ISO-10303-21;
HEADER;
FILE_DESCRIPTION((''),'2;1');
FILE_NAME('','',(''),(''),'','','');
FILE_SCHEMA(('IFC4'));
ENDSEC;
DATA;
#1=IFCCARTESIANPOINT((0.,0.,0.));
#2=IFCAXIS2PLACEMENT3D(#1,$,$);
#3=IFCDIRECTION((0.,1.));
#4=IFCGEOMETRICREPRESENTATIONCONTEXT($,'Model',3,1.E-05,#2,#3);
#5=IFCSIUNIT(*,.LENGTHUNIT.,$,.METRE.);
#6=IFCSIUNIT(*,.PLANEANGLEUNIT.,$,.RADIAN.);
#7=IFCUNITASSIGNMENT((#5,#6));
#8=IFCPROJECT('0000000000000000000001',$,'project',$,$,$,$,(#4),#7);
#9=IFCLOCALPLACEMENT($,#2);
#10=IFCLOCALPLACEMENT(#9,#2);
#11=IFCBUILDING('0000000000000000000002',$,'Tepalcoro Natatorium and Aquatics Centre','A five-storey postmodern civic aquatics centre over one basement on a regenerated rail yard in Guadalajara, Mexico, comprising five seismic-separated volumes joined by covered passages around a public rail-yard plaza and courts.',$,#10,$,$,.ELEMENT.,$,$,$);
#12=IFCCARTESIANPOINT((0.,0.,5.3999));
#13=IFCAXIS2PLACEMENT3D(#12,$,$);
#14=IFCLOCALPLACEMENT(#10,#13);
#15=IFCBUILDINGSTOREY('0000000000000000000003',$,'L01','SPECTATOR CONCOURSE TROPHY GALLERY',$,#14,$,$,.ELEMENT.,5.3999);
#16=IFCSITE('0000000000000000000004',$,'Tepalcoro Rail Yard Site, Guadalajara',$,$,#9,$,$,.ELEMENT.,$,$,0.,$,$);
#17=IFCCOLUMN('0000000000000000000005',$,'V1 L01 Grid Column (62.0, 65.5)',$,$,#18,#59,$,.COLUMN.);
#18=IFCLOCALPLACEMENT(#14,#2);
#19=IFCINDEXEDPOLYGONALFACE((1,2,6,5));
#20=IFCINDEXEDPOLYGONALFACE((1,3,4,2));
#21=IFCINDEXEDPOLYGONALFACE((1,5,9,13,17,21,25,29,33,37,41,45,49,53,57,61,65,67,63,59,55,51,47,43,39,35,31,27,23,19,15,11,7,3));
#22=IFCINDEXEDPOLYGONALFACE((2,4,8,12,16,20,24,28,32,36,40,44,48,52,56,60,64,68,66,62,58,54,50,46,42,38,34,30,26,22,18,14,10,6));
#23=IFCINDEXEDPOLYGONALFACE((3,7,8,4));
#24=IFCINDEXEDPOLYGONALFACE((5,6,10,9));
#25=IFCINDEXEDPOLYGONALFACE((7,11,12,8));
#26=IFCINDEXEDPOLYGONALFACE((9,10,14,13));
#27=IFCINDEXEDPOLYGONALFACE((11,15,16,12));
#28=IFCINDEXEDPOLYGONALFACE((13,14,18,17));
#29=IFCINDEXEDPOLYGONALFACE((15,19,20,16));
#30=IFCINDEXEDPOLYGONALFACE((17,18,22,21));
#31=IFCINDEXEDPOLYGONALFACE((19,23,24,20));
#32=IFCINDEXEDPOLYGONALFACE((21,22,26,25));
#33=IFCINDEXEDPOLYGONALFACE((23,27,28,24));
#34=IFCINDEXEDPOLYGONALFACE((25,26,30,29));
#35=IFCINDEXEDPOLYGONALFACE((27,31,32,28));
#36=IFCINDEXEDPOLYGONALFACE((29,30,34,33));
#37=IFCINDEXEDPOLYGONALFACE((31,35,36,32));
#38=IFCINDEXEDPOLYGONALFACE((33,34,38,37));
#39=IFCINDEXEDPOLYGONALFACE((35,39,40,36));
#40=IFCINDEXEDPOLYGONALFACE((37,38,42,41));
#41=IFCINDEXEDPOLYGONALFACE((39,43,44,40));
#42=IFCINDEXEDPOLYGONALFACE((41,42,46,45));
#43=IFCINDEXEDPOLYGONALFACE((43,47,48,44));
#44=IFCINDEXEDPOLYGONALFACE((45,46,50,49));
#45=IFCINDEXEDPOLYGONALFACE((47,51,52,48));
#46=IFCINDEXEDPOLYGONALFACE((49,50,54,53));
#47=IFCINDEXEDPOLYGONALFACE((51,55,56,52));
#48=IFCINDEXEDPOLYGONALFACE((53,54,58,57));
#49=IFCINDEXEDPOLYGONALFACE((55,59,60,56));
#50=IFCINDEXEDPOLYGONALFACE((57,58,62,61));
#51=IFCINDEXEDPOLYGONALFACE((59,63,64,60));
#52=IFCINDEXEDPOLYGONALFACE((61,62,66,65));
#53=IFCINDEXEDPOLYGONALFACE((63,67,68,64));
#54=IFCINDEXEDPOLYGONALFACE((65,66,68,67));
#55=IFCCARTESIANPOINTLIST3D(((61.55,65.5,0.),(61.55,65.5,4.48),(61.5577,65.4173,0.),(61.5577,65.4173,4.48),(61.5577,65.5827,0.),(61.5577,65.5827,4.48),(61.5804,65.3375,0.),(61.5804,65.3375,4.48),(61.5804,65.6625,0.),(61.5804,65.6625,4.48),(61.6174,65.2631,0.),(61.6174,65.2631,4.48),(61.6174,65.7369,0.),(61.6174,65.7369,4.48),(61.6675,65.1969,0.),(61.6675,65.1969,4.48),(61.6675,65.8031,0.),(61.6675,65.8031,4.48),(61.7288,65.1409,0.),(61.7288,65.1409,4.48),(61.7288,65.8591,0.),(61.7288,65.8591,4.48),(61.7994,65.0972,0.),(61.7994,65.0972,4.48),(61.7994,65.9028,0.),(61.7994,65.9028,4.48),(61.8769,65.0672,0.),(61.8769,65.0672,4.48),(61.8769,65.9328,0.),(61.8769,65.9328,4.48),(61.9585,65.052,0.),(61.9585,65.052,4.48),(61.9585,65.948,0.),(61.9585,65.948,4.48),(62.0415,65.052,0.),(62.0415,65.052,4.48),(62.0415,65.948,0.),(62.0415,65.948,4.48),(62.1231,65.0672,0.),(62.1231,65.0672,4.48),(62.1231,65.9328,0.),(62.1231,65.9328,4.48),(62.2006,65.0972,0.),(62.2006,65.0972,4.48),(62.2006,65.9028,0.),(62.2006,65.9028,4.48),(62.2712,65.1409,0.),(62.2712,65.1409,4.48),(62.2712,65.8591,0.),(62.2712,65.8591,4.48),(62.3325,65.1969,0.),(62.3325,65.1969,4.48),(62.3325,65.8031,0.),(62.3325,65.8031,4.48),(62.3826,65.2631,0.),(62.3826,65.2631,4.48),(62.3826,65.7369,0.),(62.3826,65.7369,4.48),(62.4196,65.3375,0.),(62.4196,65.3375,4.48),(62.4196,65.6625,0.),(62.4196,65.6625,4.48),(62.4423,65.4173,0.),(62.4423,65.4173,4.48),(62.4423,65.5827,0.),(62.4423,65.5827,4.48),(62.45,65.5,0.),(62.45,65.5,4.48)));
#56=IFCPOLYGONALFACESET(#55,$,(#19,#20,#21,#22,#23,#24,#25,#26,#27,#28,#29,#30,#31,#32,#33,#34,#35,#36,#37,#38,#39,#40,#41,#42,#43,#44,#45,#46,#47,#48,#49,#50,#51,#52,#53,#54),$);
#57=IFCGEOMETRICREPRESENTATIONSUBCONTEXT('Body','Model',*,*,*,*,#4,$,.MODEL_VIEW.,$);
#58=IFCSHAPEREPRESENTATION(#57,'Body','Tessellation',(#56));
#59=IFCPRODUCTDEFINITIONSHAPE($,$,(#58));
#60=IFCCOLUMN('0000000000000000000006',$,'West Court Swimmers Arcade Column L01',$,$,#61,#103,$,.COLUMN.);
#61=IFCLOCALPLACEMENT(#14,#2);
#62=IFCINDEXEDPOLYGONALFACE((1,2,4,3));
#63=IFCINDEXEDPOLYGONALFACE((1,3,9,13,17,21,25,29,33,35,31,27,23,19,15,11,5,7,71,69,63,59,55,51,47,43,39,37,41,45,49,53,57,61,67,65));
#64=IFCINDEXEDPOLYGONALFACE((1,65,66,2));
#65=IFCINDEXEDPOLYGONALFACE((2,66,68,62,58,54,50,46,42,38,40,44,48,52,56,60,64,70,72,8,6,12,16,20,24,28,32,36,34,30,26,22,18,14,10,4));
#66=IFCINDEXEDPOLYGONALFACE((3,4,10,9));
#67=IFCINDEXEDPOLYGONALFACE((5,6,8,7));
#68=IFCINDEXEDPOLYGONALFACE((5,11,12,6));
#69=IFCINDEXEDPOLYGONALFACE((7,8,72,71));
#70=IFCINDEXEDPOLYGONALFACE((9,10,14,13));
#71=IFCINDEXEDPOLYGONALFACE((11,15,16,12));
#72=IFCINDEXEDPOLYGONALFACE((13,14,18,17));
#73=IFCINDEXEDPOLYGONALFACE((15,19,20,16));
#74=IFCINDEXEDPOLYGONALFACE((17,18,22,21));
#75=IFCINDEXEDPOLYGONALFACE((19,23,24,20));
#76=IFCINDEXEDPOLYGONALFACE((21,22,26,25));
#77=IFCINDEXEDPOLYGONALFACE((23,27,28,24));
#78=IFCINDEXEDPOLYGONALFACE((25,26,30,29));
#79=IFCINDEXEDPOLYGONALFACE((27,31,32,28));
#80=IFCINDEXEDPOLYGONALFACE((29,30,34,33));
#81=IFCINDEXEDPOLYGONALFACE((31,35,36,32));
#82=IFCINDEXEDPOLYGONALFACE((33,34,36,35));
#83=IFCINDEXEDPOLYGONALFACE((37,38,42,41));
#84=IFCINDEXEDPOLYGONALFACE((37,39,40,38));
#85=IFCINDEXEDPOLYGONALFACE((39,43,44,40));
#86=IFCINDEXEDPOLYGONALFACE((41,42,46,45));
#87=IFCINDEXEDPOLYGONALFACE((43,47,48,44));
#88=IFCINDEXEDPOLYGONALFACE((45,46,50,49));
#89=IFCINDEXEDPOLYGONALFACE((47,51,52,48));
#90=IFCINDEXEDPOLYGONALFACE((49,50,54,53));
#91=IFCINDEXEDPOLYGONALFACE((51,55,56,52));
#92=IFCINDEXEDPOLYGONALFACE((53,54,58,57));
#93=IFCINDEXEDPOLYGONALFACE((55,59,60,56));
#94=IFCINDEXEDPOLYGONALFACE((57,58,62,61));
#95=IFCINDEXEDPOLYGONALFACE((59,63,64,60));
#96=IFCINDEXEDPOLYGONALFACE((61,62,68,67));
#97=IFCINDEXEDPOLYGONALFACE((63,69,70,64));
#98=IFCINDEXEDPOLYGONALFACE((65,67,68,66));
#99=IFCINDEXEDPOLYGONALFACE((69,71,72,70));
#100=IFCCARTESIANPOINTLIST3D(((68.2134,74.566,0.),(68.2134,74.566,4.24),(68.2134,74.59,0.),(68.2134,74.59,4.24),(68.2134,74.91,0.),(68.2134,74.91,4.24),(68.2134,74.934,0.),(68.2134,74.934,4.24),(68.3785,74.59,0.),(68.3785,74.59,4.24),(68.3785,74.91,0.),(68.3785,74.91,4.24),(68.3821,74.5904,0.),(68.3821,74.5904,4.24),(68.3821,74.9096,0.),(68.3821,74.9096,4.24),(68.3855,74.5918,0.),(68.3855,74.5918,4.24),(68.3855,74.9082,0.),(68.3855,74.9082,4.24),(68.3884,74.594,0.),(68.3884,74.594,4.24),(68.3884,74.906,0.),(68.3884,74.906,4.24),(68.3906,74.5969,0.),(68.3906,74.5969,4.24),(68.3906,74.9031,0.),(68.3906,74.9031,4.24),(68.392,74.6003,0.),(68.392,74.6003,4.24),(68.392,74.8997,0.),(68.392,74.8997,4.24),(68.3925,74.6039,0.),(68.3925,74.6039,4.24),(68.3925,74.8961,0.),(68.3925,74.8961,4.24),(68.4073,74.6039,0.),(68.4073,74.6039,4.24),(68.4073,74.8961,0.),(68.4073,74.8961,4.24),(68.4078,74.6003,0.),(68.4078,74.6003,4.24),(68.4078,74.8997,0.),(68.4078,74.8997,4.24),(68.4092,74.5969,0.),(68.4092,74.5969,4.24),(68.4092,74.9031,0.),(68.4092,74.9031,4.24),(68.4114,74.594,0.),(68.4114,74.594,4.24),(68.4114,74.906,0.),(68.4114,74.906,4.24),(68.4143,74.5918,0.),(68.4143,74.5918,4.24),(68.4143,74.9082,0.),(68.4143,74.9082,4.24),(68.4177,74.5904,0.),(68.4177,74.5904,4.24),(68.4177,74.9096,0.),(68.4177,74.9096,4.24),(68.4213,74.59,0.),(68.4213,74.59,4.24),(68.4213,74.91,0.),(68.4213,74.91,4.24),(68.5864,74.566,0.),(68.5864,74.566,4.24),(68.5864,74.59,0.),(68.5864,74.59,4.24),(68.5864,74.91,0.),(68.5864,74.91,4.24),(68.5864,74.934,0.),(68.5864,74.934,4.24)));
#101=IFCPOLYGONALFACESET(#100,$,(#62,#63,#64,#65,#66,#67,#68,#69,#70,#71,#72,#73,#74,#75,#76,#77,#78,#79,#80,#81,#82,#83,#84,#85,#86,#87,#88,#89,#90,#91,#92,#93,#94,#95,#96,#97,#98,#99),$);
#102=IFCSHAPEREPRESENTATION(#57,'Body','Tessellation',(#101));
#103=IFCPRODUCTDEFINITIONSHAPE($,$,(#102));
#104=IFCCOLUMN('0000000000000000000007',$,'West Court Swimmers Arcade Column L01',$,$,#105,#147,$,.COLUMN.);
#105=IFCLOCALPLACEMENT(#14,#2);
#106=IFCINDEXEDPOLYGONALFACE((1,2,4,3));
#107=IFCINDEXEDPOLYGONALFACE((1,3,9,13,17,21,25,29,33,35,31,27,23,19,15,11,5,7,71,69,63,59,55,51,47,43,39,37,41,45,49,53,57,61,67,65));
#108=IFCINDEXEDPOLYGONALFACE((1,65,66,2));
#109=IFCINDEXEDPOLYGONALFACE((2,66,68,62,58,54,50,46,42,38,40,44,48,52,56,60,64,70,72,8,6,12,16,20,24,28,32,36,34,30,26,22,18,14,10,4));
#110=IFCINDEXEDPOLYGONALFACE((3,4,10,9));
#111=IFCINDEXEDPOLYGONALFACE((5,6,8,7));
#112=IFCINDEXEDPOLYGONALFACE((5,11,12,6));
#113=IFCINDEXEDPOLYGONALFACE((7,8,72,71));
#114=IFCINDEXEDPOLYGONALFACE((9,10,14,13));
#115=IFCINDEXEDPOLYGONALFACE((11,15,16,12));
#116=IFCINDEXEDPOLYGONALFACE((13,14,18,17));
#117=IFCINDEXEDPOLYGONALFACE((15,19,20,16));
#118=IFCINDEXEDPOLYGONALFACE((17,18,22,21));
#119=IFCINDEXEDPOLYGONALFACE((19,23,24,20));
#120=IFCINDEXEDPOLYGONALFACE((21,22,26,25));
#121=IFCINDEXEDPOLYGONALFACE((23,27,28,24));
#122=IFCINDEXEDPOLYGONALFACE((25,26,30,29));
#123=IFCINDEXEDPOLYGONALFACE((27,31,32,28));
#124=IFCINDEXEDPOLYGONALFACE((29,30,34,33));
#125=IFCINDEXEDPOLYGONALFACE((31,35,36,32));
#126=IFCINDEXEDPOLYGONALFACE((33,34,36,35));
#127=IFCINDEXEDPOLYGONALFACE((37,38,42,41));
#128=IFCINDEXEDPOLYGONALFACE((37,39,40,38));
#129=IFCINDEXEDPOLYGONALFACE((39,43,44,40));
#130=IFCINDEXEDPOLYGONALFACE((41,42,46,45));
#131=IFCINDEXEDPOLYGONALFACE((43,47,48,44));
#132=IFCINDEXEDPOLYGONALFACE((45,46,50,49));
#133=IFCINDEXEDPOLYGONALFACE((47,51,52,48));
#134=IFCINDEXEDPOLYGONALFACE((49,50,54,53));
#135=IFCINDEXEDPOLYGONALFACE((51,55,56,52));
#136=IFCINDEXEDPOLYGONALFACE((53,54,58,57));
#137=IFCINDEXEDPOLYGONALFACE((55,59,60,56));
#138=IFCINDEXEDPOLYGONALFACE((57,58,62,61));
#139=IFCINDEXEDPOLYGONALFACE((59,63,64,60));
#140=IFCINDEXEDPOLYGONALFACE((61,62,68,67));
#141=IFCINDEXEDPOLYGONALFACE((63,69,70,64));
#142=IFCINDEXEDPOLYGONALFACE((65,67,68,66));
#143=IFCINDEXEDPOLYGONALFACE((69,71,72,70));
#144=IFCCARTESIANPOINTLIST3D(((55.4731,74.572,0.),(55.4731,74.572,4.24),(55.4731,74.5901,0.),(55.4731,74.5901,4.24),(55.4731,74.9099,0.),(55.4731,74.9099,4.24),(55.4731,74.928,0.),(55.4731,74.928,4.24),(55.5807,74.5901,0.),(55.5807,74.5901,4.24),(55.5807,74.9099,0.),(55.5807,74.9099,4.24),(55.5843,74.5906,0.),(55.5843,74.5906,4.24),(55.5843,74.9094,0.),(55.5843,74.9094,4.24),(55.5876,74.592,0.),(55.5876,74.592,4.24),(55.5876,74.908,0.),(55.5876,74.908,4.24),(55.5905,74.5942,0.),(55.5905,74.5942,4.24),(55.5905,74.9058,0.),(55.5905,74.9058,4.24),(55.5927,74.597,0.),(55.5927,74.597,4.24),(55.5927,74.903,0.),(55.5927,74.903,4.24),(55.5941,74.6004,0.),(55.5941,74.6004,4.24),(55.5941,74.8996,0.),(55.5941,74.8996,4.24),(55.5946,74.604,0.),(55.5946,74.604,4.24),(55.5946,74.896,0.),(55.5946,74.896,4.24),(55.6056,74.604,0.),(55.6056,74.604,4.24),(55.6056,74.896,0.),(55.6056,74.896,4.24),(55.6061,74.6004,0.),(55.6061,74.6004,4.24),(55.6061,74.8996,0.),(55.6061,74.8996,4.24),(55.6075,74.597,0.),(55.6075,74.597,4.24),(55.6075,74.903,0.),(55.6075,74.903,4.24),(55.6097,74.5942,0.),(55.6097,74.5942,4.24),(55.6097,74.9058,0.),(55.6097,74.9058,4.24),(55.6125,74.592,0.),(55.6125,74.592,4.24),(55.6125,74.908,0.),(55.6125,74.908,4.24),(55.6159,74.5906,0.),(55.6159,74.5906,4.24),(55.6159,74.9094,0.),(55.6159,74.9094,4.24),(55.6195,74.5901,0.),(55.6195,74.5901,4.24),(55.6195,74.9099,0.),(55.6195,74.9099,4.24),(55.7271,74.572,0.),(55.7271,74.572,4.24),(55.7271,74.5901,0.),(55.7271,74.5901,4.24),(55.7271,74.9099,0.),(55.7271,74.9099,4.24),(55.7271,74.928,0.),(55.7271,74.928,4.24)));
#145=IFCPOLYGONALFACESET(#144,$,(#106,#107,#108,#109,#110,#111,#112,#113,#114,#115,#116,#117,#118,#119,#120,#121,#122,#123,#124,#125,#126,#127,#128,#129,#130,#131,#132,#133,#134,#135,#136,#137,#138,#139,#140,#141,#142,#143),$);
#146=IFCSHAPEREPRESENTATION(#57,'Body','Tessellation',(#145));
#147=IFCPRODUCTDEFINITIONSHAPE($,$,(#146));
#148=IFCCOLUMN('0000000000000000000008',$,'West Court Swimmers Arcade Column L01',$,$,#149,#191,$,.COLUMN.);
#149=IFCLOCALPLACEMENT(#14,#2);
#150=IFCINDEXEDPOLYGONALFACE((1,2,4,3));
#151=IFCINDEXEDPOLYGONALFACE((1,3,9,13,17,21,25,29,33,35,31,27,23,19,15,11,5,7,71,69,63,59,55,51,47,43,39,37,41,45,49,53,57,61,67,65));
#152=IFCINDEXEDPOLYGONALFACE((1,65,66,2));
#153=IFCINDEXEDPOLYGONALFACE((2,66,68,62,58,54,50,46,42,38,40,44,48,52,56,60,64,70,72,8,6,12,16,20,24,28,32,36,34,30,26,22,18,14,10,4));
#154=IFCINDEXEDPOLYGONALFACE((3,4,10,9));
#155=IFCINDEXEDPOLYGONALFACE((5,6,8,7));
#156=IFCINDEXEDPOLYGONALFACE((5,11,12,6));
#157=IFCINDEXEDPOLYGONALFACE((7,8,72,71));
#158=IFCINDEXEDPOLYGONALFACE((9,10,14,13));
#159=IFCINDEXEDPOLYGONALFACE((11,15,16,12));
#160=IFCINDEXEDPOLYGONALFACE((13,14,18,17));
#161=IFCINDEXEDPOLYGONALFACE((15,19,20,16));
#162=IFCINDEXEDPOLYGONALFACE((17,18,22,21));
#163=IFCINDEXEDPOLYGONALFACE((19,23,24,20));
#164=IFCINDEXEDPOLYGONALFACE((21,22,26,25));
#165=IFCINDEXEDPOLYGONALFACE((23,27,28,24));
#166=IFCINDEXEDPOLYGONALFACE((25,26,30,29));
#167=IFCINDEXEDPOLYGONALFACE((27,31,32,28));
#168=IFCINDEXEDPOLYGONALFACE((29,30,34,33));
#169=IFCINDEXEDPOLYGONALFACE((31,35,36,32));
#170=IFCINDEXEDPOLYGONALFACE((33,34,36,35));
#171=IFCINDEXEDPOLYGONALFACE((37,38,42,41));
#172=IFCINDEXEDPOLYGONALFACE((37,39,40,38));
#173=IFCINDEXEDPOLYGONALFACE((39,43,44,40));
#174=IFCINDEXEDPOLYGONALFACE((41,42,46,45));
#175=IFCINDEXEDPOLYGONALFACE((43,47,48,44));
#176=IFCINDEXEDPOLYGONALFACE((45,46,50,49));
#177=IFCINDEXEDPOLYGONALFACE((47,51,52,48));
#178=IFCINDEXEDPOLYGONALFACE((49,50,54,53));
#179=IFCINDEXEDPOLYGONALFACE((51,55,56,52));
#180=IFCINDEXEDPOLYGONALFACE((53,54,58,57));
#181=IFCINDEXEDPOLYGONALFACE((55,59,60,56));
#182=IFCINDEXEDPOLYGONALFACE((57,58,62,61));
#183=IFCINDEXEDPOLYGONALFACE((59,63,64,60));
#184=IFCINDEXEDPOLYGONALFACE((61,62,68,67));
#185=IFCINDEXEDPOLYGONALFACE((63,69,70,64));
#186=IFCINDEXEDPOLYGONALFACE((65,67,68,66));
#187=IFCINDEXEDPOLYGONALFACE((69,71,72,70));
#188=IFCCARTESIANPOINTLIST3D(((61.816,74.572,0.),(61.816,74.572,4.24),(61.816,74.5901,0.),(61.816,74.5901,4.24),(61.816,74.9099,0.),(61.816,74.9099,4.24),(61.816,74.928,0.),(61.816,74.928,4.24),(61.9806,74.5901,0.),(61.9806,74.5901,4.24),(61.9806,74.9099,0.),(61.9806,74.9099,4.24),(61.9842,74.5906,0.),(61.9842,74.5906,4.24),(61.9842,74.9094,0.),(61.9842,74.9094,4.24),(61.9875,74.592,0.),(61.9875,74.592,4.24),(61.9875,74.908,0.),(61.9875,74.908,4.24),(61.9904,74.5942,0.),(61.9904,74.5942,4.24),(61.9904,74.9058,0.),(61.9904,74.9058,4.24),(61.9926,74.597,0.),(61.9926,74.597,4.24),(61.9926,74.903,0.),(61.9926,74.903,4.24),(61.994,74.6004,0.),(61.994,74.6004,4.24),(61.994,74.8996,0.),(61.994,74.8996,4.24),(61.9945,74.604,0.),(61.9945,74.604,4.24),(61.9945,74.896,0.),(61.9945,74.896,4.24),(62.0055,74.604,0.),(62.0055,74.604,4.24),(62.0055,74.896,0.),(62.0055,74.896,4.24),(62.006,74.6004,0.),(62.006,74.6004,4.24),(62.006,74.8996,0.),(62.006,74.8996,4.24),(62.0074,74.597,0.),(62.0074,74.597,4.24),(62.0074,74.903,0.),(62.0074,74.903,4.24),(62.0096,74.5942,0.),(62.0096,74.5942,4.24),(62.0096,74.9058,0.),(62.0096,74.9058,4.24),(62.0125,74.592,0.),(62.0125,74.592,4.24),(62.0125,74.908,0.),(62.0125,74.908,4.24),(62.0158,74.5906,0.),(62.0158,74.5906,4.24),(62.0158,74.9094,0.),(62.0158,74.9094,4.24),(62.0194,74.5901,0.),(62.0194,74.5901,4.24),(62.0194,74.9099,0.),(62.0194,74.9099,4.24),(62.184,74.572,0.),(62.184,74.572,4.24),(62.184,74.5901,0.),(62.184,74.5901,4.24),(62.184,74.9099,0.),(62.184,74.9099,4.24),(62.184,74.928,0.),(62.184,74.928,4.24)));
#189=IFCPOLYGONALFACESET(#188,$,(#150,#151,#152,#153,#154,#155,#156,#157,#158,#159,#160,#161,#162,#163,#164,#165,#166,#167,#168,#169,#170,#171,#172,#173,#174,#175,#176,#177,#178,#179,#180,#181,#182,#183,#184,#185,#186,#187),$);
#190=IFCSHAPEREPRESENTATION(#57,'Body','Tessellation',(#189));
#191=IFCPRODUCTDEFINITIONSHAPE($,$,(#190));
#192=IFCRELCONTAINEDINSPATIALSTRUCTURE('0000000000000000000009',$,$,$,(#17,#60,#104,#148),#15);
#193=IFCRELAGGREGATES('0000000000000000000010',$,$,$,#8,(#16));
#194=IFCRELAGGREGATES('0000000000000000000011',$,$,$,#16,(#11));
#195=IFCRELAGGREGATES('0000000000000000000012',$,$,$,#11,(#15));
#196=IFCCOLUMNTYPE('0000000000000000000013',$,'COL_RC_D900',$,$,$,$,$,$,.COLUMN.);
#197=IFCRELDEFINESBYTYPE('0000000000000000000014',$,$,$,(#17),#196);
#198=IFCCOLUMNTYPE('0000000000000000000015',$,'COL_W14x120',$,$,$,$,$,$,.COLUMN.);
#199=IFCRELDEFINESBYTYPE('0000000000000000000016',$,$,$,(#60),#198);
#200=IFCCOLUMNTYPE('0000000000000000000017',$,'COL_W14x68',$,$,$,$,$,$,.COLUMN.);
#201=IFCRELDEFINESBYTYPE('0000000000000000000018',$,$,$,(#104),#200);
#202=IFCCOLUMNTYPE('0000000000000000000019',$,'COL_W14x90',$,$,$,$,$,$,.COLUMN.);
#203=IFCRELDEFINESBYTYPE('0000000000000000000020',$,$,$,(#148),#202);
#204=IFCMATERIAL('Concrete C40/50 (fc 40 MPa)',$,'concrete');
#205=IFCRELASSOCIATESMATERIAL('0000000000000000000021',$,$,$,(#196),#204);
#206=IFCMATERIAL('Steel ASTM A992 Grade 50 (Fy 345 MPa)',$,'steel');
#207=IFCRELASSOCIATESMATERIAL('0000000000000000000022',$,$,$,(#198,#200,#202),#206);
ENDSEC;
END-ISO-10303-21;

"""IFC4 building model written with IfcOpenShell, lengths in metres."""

from ifc_helpers import new_model, si_unit, direction, frame, origin, origin_2d, place, context, subcontext, project, spatial, circle, i_section, extrude, material, material_profile, profile_set, type_object, element, save


model = new_model("IFC4")

# Units and contexts
model_context = context("Model", 3, precision=1e-05, world=origin(), true_north=direction((0.0, 1.0)))
body_context = subcontext(model_context, "Body", "Model", "MODEL_VIEW")
ifc_project = project(units=[si_unit("LENGTHUNIT", "METRE"), si_unit("PLANEANGLEUNIT", "RADIAN")], contexts=[model_context])

# Site, building, storey
site_placement = place(None, origin())
site = spatial("IfcSite", under=ifc_project, at=site_placement, Name="Tepalcoro Rail Yard Site, Guadalajara", CompositionType="ELEMENT", RefElevation=0.0)
building_placement = place(site_placement, origin())
building = spatial("IfcBuilding", under=site, at=building_placement, Name="Tepalcoro Natatorium and Aquatics Centre", Description="A five-storey postmodern civic aquatics centre over one basement on a regenerated rail yard in Guadalajara, Mexico, comprising five seismic-separated volumes joined by covered passages around a public rail-yard plaza and courts.", CompositionType="ELEMENT")
storey_placement = place(building_placement, frame((0.0, 0.0, 5.3999)))
storey = spatial("IfcBuildingStorey", under=building, at=storey_placement, Name="L01", Description="SPECTATOR CONCOURSE TROPHY GALLERY", CompositionType="ELEMENT", Elevation=5.3999)

# Columns
ifc_material_1 = material(Name="Concrete C40/50 (fc 40 MPa)", Category="concrete")
ifc_material_profile_1 = material_profile(ifc_material_1, circle(Radius=0.45, at=origin_2d()), Name="RCD900")
ifc_profile_set_1 = profile_set([ifc_material_profile_1], Name="Concrete C40/50 (fc 40 MPa)")
column_type_1 = type_object("IfcColumnType", Name="COL_RC_D900", PredefinedType="COLUMN", material=ifc_profile_set_1)
column_1_placement = place(storey_placement, frame((62.0, 65.5, 0.0), z_axis=(0.0, 0.0, 1.0), x_axis=(1.0, 0.0, 0.0)))
element("IfcColumn", 1, at=column_1_placement, inside=storey, type_object=column_type_1, Name="V1 L01 Grid Column (62.0, 65.5)", PredefinedType="COLUMN", context=body_context, shape_type="SweptSolid", body=[
    extrude(circle(Radius=0.45, at=origin_2d()), origin(), (0.0, 0.0, 1.0), 4.48),
])
ifc_material_2 = material(Name="Steel ASTM A992 Grade 50 (Fy 345 MPa)", Category="steel")
ifc_material_profile_2 = material_profile(ifc_material_2, i_section(OverallWidth=0.373, OverallDepth=0.3679, WebThickness=0.0149, FlangeThickness=0.0239, FilletRadius=0.0139, at=origin_2d()), Name="W14X120")
ifc_profile_set_2 = profile_set([ifc_material_profile_2], Name="Steel ASTM A992 Grade 50 (Fy 345 MPa)")
column_type_2 = type_object("IfcColumnType", Name="COL_W14x120", PredefinedType="COLUMN", material=ifc_profile_set_2)
column_2_placement = place(storey_placement, frame((68.3999, 74.75, 0.0), z_axis=(0.0, 0.0, 1.0), x_axis=(1.0, 0.0, 0.0)))
element("IfcColumn", 2, at=column_2_placement, inside=storey, type_object=column_type_2, Name="West Court Swimmers Arcade Column L01", PredefinedType="COLUMN", context=body_context, shape_type="SweptSolid", body=[
    extrude(i_section(OverallWidth=0.373, OverallDepth=0.3679, WebThickness=0.0149, FlangeThickness=0.0239, FilletRadius=0.0139, at=origin_2d()), origin(), (0.0, 0.0, 1.0), 4.24),
])
ifc_material_profile_3 = material_profile(ifc_material_2, i_section(OverallWidth=0.2539, OverallDepth=0.356, WebThickness=0.011, FlangeThickness=0.0181, FilletRadius=0.0139, at=origin_2d()), Name="W14X68")
ifc_profile_set_3 = profile_set([ifc_material_profile_3], Name="Steel ASTM A992 Grade 50 (Fy 345 MPa)")
column_type_3 = type_object("IfcColumnType", Name="COL_W14x68", PredefinedType="COLUMN", material=ifc_profile_set_3)
column_3_placement = place(storey_placement, frame((55.6001, 74.75, 0.0), z_axis=(0.0, 0.0, 1.0), x_axis=(1.0, 0.0, 0.0)))
element("IfcColumn", 3, at=column_3_placement, inside=storey, type_object=column_type_3, Name="West Court Swimmers Arcade Column L01", PredefinedType="COLUMN", context=body_context, shape_type="SweptSolid", body=[
    extrude(i_section(OverallWidth=0.2539, OverallDepth=0.356, WebThickness=0.011, FlangeThickness=0.0181, FilletRadius=0.0139, at=origin_2d()), origin(), (0.0, 0.0, 1.0), 4.24),
])
ifc_material_profile_4 = material_profile(ifc_material_2, i_section(OverallWidth=0.3679, OverallDepth=0.356, WebThickness=0.011, FlangeThickness=0.0181, FilletRadius=0.0139, at=origin_2d()), Name="W14X90")
ifc_profile_set_4 = profile_set([ifc_material_profile_4], Name="Steel ASTM A992 Grade 50 (Fy 345 MPa)")
column_type_4 = type_object("IfcColumnType", Name="COL_W14x90", PredefinedType="COLUMN", material=ifc_profile_set_4)
column_4_placement = place(storey_placement, frame((62.0, 74.75, 0.0), z_axis=(0.0, 0.0, 1.0), x_axis=(1.0, 0.0, 0.0)))
element("IfcColumn", 4, at=column_4_placement, inside=storey, type_object=column_type_4, Name="West Court Swimmers Arcade Column L01", PredefinedType="COLUMN", context=body_context, shape_type="SweptSolid", body=[
    extrude(i_section(OverallWidth=0.3679, OverallDepth=0.356, WebThickness=0.011, FlangeThickness=0.0181, FilletRadius=0.0139, at=origin_2d()), origin(), (0.0, 0.0, 1.0), 4.24),
])

save(model, "model.ifc")
